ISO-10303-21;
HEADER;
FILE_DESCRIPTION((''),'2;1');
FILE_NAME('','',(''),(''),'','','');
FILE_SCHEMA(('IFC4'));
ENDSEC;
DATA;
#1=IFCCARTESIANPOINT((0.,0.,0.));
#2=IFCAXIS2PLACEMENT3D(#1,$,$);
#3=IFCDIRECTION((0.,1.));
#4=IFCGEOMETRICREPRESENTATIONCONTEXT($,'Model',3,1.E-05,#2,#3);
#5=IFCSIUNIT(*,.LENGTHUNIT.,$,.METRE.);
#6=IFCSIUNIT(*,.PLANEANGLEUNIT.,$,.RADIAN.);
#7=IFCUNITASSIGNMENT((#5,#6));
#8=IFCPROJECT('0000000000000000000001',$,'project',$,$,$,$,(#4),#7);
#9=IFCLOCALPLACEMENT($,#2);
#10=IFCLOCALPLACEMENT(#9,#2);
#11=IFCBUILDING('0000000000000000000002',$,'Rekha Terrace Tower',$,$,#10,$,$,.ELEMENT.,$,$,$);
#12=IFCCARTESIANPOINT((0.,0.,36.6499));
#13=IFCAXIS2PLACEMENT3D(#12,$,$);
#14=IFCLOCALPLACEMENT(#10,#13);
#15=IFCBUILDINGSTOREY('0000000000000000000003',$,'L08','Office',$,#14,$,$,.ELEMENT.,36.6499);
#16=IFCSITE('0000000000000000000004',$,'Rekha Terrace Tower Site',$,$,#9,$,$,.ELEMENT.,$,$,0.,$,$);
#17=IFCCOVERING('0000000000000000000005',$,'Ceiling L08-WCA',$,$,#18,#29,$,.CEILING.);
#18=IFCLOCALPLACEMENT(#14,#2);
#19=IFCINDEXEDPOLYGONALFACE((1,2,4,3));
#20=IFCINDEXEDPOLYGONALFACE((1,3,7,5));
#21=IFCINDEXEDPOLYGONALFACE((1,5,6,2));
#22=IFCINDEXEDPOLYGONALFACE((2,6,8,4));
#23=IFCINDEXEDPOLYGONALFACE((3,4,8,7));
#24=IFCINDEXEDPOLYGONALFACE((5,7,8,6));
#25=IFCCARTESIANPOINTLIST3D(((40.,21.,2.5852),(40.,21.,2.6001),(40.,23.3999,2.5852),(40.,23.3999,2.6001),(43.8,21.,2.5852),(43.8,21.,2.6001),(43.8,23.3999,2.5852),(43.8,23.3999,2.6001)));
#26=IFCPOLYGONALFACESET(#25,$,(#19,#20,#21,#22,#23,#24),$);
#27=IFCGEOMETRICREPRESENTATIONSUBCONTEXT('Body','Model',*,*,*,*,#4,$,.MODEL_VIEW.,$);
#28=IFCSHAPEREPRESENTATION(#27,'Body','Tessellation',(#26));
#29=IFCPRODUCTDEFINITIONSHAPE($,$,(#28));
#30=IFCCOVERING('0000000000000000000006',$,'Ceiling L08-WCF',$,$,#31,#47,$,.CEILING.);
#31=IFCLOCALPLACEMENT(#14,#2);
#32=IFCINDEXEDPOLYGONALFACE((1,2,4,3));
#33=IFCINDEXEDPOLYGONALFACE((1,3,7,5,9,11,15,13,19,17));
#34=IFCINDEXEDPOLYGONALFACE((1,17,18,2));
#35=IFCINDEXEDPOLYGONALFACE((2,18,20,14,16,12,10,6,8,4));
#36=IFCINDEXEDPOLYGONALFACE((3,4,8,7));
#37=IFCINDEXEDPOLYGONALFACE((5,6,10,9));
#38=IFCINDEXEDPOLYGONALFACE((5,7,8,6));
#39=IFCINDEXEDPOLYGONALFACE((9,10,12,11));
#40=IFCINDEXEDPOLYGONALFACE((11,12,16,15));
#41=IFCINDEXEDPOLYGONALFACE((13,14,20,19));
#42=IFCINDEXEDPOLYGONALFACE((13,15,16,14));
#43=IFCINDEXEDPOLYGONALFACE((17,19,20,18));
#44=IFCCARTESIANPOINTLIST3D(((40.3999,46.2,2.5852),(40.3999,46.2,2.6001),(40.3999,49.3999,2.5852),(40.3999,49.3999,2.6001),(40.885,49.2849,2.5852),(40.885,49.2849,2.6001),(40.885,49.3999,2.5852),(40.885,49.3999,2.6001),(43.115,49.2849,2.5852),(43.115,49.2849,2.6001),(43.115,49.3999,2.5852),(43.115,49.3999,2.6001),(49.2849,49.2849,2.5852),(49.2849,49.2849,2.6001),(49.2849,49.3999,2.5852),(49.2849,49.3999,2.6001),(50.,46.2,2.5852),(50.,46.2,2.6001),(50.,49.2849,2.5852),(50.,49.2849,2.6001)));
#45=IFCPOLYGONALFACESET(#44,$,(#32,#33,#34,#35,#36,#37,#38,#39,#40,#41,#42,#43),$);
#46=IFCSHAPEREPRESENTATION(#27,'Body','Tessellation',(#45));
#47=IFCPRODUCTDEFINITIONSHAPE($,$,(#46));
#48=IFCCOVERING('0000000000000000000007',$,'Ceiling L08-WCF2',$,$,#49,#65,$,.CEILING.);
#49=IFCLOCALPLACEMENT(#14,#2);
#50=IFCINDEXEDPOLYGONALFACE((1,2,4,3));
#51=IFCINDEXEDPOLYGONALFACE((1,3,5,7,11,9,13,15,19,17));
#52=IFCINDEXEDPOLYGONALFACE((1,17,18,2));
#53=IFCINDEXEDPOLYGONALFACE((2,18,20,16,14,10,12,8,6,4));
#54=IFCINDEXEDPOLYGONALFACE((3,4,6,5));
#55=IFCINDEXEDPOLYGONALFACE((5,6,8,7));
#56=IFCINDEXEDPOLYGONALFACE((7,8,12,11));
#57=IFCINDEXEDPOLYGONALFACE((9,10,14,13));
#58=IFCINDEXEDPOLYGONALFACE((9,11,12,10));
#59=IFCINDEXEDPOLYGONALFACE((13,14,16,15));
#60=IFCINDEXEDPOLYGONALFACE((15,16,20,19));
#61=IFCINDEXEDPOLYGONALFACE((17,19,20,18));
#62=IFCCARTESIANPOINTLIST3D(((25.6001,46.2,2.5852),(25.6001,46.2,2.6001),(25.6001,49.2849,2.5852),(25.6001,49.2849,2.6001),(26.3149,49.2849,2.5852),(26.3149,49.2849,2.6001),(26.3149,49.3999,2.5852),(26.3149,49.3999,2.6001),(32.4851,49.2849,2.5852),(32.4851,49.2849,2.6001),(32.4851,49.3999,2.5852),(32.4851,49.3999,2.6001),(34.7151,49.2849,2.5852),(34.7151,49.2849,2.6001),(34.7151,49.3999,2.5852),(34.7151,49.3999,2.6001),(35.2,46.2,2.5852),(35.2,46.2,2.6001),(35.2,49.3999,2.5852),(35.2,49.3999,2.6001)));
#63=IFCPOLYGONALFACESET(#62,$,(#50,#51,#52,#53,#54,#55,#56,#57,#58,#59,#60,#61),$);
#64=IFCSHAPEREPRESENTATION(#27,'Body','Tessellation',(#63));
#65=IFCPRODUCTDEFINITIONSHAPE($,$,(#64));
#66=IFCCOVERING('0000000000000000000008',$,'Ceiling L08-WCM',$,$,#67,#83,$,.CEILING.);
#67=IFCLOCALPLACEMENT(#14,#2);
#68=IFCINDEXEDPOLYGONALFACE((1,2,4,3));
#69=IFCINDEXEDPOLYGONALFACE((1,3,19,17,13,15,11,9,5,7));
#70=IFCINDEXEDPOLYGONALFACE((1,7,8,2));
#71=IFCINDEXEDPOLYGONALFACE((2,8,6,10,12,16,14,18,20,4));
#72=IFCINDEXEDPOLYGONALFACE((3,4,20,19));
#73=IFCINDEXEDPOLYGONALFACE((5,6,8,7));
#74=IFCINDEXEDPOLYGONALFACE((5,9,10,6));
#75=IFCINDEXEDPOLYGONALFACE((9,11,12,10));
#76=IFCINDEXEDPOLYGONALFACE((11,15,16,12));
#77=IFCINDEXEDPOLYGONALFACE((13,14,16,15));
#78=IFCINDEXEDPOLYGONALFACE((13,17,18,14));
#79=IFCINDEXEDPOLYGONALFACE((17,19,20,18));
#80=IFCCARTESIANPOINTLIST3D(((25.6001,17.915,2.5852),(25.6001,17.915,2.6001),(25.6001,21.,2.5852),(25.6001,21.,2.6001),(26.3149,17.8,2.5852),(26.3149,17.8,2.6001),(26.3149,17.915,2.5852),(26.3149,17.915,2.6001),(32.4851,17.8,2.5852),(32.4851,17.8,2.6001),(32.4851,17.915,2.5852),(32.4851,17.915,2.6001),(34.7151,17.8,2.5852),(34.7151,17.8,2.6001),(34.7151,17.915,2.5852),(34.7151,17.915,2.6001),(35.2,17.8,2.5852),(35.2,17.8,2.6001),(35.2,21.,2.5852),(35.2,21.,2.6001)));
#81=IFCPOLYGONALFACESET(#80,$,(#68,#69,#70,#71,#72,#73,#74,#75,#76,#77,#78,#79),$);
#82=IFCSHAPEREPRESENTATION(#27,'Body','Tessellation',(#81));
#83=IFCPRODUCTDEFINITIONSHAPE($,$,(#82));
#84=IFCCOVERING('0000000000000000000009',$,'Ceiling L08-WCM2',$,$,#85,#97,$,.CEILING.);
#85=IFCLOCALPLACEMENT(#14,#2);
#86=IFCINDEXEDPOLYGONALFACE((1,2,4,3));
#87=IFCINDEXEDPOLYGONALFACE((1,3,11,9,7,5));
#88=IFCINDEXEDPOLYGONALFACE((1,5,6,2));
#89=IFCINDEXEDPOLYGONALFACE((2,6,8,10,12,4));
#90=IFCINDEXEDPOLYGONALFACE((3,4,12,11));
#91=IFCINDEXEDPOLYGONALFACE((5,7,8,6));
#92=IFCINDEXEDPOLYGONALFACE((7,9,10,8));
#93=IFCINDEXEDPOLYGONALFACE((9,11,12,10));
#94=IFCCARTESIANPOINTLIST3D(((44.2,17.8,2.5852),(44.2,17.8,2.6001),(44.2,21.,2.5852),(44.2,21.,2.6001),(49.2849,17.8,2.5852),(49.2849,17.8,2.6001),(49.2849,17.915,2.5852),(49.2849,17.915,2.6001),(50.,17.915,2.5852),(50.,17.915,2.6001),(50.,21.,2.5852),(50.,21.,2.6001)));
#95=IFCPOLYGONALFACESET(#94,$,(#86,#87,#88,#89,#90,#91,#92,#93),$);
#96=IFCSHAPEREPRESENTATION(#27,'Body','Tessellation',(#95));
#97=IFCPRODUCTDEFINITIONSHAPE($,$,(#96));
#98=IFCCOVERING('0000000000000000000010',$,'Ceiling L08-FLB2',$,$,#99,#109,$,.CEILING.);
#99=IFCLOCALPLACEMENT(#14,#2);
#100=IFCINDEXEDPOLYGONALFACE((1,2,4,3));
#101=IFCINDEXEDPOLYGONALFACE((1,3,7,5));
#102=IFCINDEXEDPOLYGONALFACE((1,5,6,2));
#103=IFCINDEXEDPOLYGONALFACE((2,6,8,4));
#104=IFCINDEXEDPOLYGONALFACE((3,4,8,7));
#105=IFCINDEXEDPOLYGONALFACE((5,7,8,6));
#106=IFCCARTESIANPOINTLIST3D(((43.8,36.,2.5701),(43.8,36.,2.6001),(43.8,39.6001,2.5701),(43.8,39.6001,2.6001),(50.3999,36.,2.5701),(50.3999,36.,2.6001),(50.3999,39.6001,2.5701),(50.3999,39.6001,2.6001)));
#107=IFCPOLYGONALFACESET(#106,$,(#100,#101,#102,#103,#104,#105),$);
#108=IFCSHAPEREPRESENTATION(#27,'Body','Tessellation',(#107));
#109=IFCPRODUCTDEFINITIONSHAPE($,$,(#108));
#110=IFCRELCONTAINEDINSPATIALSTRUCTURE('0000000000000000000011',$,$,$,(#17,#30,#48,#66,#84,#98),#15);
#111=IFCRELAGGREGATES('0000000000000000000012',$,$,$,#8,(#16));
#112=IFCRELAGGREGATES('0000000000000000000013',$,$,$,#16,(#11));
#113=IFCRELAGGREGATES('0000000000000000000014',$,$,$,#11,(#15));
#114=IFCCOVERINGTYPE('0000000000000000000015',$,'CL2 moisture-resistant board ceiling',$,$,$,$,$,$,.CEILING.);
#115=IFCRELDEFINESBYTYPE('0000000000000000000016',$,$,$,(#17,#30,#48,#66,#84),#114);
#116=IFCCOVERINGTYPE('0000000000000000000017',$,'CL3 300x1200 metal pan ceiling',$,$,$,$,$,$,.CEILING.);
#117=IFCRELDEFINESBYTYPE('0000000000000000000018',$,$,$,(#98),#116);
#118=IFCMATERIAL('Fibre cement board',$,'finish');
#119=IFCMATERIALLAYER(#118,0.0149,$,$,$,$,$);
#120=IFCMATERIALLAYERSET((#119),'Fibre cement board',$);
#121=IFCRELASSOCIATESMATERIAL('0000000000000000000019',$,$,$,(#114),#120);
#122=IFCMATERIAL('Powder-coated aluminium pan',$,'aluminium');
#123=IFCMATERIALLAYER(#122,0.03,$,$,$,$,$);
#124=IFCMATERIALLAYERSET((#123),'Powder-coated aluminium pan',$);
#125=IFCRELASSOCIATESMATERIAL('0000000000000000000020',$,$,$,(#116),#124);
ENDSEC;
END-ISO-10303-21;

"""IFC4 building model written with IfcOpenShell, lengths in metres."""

from ifc_helpers import new_model, si_unit, direction, frame, origin, place, context, subcontext, project, spatial, polyline, outline, extrude, material, layer, layer_set, type_object, element, save


model = new_model("IFC4")

# Units and contexts
model_context = context("Model", 3, precision=1e-05, world=origin(), true_north=direction((0.0, 1.0)))
body_context = subcontext(model_context, "Body", "Model", "MODEL_VIEW")
ifc_project = project(units=[si_unit("LENGTHUNIT", "METRE"), si_unit("PLANEANGLEUNIT", "RADIAN")], contexts=[model_context])

# Site, building, storey
site_placement = place(None, origin())
site = spatial("IfcSite", under=ifc_project, at=site_placement, Name="Rekha Terrace Tower Site", CompositionType="ELEMENT", RefElevation=0.0)
building_placement = place(site_placement, origin())
building = spatial("IfcBuilding", under=site, at=building_placement, Name="Rekha Terrace Tower", CompositionType="ELEMENT")
storey_placement = place(building_placement, frame((0.0, 0.0, 36.6499)))
storey = spatial("IfcBuildingStorey", under=building, at=storey_placement, Name="L08", Description="Office", CompositionType="ELEMENT", Elevation=36.6499)

# Coverings
ifc_material_1 = material(Name="Fibre cement board", Category="finish")
ifc_layer_1 = layer(ifc_material_1, 0.0149)
ifc_layer_set_1 = layer_set([ifc_layer_1], Name="Fibre cement board")
covering_type_1 = type_object("IfcCoveringType", Name="CL2 moisture-resistant board ceiling", PredefinedType="CEILING", material=ifc_layer_set_1)
covering_1_placement = place(storey_placement, frame((0.0, 0.0, 2.5852)))
element("IfcCovering", 1, at=covering_1_placement, inside=storey, type_object=covering_type_1, Name="Ceiling L08-WCA", PredefinedType="CEILING", context=body_context, shape_type="SweptSolid", body=[
    extrude(outline(polyline([(43.8, 23.3999), (40.0, 23.3999), (40.0, 21.0), (43.8, 21.0), (43.8, 23.3999)])), origin(), (0.0, 0.0, 1.0), 0.0149),
])
covering_2_placement = place(storey_placement, frame((0.0, 0.0, 2.5852)))
element("IfcCovering", 2, at=covering_2_placement, inside=storey, type_object=covering_type_1, Name="Ceiling L08-WCF", PredefinedType="CEILING", context=body_context, shape_type="SweptSolid", body=[
    extrude(outline(polyline([(40.885, 49.3999), (40.3999, 49.3999), (40.3999, 46.2), (50.0, 46.2), (50.0, 49.2849), (49.2849, 49.2849), (49.2849, 49.3999), (43.115, 49.3999), (43.115, 49.2849), (40.885, 49.2849), (40.885, 49.3999)])), origin(), (0.0, 0.0, 1.0), 0.0149),
])
covering_3_placement = place(storey_placement, frame((0.0, 0.0, 2.5852)))
element("IfcCovering", 3, at=covering_3_placement, inside=storey, type_object=covering_type_1, Name="Ceiling L08-WCF2", PredefinedType="CEILING", context=body_context, shape_type="SweptSolid", body=[
    extrude(outline(polyline([(26.3149, 49.2849), (25.6001, 49.2849), (25.6001, 46.2), (35.2, 46.2), (35.2, 49.3999), (34.7151, 49.3999), (34.7151, 49.2849), (32.4851, 49.2849), (32.4851, 49.3999), (26.3149, 49.3999), (26.3149, 49.2849)])), origin(), (0.0, 0.0, 1.0), 0.0149),
])
covering_4_placement = place(storey_placement, frame((0.0, 0.0, 2.5852)))
element("IfcCovering", 4, at=covering_4_placement, inside=storey, type_object=covering_type_1, Name="Ceiling L08-WCM", PredefinedType="CEILING", context=body_context, shape_type="SweptSolid", body=[
    extrude(outline(polyline([(35.2, 21.0), (25.6001, 21.0), (25.6001, 17.915), (26.3149, 17.915), (26.3149, 17.8), (32.4851, 17.8), (32.4851, 17.915), (34.7151, 17.915), (34.7151, 17.8), (35.2, 17.8), (35.2, 21.0)])), origin(), (0.0, 0.0, 1.0), 0.0149),
])
covering_5_placement = place(storey_placement, frame((0.0, 0.0, 2.5852)))
element("IfcCovering", 5, at=covering_5_placement, inside=storey, type_object=covering_type_1, Name="Ceiling L08-WCM2", PredefinedType="CEILING", context=body_context, shape_type="SweptSolid", body=[
    extrude(outline(polyline([(50.0, 21.0), (44.2, 21.0), (44.2, 17.8), (49.2849, 17.8), (49.2849, 17.915), (50.0, 17.915), (50.0, 21.0)])), origin(), (0.0, 0.0, 1.0), 0.0149),
])
ifc_material_2 = material(Name="Powder-coated aluminium pan", Category="aluminium")
ifc_layer_2 = layer(ifc_material_2, 0.03)
ifc_layer_set_2 = layer_set([ifc_layer_2], Name="Powder-coated aluminium pan")
covering_type_2 = type_object("IfcCoveringType", Name="CL3 300x1200 metal pan ceiling", PredefinedType="CEILING", material=ifc_layer_set_2)
covering_6_placement = place(storey_placement, frame((0.0, 0.0, 2.5701)))
element("IfcCovering", 6, at=covering_6_placement, inside=storey, type_object=covering_type_2, Name="Ceiling L08-FLB2", PredefinedType="CEILING", context=body_context, shape_type="SweptSolid", body=[
    extrude(outline(polyline([(50.3999, 39.6001), (43.8, 39.6001), (43.8, 36.0), (50.3999, 36.0), (50.3999, 39.6001)])), origin(), (0.0, 0.0, 1.0), 0.03),
])

save(model, "model.ifc")
